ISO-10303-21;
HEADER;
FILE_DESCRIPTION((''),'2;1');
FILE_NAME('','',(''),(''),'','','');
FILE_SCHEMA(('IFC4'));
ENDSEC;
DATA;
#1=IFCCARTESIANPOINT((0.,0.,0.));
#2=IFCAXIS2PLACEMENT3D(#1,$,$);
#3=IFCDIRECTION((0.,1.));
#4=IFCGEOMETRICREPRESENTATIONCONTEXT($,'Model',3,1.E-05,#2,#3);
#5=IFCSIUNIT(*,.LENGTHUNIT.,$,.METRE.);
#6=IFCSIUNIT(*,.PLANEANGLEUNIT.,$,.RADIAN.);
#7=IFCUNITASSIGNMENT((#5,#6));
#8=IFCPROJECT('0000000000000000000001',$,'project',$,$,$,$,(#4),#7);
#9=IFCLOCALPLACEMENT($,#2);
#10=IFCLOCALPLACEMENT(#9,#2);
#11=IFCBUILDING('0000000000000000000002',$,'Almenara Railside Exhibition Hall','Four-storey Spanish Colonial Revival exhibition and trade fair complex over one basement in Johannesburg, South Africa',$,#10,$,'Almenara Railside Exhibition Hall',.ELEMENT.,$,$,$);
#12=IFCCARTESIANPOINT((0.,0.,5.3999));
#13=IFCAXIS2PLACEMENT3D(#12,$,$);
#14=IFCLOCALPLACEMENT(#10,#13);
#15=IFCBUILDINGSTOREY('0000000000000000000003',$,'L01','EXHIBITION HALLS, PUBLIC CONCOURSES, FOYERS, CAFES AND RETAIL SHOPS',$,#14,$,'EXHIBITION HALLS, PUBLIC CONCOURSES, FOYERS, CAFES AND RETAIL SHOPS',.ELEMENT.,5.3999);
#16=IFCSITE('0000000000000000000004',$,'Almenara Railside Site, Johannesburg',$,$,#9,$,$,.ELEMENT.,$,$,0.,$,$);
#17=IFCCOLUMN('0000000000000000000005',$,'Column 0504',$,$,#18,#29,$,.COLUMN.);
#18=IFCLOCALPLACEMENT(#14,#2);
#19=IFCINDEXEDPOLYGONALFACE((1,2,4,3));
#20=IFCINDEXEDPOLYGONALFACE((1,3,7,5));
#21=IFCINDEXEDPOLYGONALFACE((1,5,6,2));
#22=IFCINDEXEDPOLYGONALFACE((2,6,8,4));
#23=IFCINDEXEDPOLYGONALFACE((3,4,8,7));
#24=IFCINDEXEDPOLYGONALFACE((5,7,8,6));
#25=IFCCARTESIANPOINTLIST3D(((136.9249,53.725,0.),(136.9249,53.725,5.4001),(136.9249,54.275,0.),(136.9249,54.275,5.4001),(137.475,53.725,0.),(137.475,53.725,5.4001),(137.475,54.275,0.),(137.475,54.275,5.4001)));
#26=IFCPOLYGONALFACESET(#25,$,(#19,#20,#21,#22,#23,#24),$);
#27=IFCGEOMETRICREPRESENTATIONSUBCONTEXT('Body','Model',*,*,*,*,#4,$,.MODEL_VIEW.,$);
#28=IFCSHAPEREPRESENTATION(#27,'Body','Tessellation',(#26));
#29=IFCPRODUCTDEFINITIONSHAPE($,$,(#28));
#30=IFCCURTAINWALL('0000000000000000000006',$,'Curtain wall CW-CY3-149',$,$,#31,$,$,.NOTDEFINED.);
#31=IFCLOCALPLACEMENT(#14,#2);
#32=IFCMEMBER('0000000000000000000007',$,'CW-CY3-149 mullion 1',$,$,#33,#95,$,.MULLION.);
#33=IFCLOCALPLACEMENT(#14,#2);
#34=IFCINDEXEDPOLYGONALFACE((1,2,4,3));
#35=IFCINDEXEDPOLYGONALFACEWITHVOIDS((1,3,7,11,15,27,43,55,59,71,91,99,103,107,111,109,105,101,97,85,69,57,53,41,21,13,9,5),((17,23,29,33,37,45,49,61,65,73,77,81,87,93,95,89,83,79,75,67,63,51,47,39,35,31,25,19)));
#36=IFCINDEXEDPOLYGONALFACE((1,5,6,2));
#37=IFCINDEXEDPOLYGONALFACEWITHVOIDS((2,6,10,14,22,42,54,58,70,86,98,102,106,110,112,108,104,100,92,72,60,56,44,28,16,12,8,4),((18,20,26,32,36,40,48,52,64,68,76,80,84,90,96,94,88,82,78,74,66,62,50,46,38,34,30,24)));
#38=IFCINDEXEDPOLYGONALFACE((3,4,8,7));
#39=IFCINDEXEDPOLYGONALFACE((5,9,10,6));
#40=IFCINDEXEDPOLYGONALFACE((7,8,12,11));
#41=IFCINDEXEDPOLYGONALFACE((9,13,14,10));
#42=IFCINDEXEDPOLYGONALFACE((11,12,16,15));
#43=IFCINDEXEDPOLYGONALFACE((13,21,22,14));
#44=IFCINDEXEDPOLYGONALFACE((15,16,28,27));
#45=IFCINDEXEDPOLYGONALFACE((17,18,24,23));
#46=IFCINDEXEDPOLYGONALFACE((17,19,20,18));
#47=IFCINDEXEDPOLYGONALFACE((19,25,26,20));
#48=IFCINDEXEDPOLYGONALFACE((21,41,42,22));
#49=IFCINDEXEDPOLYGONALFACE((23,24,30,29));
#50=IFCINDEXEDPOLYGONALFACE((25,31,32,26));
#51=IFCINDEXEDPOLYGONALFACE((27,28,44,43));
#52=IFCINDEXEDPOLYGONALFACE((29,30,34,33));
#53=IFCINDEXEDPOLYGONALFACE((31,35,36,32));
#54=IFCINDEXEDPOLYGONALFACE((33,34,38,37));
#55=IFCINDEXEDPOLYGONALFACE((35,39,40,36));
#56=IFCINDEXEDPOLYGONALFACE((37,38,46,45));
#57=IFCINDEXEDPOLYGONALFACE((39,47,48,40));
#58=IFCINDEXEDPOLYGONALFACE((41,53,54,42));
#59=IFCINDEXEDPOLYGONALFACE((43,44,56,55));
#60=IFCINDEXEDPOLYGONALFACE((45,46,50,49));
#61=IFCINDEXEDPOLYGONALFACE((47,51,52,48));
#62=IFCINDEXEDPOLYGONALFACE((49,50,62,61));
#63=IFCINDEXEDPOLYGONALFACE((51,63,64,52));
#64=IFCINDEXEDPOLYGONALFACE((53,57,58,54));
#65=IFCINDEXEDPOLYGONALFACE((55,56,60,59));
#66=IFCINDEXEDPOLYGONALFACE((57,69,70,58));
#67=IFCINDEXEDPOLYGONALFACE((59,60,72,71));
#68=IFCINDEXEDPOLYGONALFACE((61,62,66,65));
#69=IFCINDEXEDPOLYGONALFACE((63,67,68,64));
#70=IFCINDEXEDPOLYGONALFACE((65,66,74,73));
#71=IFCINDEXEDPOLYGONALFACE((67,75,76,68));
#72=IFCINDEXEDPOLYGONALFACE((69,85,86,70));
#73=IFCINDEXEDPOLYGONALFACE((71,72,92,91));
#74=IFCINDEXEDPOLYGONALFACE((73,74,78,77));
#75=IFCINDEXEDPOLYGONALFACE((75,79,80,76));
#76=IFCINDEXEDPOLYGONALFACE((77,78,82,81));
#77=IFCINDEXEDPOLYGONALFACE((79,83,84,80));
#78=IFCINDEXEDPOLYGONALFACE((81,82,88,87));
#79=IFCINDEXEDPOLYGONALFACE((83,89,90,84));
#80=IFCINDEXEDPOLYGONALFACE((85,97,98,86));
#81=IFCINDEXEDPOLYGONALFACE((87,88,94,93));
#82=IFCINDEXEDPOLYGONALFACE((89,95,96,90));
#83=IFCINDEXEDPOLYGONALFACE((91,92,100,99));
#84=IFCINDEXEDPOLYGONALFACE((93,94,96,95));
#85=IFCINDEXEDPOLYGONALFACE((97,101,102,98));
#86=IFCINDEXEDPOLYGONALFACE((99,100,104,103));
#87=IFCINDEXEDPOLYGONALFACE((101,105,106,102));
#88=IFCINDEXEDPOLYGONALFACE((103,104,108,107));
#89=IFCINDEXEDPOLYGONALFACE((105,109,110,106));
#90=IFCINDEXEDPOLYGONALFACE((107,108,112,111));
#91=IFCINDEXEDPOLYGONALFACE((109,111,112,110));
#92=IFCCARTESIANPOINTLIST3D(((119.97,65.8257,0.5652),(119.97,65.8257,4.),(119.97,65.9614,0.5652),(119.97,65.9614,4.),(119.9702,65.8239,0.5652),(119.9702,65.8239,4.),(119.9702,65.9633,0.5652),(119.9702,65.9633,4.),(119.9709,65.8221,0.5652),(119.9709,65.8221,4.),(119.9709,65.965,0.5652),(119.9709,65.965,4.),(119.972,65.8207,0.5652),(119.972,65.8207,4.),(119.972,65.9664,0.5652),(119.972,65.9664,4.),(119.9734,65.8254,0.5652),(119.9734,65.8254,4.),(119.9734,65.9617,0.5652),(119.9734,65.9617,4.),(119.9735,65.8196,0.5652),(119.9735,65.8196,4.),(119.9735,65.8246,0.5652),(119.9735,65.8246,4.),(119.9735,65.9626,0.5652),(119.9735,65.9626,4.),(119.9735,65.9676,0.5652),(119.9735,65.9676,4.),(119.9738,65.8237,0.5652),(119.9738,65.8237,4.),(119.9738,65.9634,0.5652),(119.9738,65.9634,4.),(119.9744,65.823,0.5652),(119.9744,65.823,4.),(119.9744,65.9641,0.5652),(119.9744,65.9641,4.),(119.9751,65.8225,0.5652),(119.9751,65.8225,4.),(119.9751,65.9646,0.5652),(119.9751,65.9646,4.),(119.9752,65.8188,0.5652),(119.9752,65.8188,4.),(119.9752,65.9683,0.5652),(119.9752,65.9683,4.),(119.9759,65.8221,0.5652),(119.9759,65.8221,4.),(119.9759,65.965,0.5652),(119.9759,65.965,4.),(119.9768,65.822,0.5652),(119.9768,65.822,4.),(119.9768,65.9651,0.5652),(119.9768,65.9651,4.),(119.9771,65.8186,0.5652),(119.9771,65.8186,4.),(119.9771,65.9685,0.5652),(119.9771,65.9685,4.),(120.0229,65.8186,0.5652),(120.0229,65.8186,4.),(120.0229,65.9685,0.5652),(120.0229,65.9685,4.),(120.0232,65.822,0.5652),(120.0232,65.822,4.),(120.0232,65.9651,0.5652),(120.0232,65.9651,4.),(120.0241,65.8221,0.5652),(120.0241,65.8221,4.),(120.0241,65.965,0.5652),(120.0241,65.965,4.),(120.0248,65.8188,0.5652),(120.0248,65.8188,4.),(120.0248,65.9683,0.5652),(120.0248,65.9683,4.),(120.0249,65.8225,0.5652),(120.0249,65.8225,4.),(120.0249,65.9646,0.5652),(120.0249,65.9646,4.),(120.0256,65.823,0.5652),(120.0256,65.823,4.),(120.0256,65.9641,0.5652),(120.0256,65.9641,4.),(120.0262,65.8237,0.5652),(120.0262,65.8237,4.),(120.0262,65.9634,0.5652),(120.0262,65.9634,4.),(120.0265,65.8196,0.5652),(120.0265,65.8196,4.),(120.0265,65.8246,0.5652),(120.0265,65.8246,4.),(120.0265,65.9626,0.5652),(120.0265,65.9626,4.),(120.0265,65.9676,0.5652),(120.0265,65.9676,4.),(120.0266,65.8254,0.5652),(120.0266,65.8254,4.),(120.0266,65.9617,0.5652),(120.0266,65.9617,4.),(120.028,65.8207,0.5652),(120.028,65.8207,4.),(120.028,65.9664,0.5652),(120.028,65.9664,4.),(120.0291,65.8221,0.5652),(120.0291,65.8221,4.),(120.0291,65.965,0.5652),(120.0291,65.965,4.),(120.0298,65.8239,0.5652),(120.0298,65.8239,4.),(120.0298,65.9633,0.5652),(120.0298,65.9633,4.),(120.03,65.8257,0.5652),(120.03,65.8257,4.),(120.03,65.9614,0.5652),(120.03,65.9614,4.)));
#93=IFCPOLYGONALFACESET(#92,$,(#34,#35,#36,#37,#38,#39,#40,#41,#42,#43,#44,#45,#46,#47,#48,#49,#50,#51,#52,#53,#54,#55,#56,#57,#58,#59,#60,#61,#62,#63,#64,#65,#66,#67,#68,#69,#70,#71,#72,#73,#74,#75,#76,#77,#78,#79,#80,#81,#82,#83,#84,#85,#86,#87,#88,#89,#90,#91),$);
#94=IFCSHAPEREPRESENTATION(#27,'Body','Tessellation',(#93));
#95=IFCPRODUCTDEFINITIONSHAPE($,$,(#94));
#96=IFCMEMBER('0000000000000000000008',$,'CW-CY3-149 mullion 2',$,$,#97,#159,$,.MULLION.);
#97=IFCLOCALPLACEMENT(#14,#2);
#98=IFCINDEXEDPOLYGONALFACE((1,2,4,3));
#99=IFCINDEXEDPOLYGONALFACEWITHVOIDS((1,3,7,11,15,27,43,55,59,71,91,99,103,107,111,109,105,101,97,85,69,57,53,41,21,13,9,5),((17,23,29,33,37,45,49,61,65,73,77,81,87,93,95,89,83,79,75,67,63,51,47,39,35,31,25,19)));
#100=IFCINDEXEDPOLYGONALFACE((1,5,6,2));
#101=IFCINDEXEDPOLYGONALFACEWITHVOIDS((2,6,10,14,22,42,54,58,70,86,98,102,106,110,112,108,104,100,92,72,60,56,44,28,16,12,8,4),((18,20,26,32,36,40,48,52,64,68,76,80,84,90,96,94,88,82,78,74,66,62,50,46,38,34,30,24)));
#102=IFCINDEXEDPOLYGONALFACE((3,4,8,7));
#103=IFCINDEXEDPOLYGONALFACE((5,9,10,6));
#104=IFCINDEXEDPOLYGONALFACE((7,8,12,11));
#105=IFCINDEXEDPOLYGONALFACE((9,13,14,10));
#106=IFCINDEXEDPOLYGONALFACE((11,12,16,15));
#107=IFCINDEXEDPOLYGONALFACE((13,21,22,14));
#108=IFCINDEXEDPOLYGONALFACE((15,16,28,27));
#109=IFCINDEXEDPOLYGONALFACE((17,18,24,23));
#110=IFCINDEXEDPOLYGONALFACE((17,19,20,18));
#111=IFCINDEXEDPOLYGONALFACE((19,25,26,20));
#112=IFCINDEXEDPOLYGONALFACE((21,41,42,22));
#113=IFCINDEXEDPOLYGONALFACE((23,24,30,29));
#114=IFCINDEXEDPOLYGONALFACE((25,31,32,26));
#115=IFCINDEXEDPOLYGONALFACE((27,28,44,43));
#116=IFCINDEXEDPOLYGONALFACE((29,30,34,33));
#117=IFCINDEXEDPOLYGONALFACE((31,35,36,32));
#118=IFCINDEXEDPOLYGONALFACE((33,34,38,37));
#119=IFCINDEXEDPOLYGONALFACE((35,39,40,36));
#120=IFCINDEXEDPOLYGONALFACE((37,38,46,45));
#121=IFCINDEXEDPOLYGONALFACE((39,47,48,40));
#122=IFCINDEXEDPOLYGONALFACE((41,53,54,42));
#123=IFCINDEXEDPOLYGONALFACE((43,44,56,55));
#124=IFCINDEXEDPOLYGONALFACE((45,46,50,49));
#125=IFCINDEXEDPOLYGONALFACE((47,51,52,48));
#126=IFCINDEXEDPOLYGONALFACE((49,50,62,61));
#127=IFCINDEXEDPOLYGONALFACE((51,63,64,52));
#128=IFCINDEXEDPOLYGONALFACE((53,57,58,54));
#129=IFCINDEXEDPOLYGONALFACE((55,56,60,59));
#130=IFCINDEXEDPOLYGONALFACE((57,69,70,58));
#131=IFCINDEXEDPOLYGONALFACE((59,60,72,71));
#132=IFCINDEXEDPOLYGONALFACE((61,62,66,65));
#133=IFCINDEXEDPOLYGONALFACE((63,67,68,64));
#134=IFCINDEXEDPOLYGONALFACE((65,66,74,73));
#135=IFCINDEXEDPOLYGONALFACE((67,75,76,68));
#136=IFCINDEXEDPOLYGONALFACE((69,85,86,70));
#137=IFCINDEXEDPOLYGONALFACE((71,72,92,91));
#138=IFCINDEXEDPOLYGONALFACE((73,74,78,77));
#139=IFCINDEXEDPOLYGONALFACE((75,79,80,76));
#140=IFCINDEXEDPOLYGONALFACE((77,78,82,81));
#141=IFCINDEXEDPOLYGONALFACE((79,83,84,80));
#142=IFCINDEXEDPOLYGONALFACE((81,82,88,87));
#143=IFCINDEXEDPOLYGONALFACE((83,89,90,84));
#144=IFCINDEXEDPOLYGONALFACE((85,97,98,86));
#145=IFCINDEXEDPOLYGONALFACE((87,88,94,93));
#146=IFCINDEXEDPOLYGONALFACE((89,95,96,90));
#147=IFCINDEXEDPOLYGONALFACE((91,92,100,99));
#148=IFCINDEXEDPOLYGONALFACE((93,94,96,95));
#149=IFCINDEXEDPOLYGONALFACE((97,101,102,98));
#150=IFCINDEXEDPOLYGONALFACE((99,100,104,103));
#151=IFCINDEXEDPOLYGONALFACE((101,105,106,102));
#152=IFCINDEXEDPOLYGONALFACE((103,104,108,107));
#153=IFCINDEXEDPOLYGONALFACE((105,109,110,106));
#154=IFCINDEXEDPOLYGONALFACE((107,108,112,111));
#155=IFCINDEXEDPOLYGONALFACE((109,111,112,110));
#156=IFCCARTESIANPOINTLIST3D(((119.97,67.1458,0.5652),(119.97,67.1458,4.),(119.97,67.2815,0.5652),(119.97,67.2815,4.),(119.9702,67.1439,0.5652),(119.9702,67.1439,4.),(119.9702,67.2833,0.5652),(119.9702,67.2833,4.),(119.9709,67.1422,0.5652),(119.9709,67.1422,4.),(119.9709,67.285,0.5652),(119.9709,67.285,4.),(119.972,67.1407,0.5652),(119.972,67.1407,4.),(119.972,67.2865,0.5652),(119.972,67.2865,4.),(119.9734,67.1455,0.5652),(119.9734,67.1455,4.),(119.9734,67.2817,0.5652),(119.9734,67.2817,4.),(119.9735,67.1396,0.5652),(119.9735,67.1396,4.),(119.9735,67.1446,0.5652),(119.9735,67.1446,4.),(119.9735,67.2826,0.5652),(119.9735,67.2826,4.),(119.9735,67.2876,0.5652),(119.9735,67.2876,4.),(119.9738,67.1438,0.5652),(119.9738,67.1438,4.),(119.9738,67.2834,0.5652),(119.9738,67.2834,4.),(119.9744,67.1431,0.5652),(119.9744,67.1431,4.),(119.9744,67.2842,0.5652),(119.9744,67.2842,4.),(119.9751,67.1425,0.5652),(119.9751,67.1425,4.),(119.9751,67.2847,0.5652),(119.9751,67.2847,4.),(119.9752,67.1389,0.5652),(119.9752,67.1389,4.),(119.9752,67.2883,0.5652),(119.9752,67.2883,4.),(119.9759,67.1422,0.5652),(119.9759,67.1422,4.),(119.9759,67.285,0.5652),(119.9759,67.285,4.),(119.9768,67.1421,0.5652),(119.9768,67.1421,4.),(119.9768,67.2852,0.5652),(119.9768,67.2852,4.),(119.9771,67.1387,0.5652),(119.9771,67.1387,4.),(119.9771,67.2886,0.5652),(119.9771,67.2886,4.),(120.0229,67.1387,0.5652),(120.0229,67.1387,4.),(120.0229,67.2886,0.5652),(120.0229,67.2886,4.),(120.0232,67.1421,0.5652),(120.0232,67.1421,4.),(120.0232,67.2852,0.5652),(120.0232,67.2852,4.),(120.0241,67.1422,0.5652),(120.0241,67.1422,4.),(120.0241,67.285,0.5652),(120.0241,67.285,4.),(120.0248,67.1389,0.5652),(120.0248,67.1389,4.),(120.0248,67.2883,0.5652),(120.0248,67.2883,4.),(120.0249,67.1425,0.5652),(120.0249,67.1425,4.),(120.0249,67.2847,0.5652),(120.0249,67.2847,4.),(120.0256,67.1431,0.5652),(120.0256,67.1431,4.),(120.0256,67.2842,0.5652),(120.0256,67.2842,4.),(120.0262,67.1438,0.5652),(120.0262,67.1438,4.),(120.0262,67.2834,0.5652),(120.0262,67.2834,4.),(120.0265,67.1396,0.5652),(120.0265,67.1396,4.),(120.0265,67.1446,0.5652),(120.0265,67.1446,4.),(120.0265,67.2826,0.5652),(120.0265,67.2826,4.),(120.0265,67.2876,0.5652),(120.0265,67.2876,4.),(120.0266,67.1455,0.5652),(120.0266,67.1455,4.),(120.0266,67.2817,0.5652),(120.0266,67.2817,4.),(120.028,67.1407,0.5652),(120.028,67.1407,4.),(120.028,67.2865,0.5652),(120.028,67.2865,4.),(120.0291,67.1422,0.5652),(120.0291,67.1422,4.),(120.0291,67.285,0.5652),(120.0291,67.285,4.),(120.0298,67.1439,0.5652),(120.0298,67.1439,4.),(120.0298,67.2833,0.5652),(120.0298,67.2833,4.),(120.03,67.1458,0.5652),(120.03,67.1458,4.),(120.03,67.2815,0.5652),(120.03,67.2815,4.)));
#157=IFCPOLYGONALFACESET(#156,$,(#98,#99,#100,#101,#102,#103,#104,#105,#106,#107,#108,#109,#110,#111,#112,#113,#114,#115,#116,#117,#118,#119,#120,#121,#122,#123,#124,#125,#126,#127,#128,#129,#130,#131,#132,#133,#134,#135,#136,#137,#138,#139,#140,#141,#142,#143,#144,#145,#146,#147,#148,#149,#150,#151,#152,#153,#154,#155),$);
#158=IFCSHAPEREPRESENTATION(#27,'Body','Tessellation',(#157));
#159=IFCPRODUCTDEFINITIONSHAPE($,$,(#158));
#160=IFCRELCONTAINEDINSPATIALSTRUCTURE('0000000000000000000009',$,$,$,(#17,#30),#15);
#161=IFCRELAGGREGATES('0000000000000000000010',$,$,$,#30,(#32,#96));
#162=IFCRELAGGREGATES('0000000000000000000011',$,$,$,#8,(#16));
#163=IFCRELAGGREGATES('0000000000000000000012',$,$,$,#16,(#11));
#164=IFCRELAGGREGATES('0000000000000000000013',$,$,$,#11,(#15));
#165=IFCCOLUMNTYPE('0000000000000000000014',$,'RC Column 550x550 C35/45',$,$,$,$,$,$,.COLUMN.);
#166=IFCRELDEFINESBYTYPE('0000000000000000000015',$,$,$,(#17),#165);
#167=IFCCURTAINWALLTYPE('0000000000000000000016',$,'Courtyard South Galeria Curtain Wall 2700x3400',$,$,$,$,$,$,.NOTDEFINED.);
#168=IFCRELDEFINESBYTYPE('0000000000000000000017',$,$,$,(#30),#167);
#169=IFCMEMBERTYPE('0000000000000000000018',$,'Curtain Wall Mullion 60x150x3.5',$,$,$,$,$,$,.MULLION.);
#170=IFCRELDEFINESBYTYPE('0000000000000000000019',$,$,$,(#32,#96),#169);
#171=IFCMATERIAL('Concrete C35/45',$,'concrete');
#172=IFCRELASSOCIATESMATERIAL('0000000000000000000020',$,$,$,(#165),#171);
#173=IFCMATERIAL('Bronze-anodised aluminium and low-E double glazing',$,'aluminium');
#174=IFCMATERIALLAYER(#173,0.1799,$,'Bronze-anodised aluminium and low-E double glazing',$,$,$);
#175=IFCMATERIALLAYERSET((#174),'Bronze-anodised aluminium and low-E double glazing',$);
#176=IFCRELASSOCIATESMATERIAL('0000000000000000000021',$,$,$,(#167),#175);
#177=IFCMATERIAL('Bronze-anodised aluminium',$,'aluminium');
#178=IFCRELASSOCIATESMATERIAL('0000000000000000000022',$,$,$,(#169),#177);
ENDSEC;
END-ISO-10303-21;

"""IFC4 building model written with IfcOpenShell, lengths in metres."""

from ifc_helpers import new_model, si_unit, direction, frame, origin, origin_2d, place, context, subcontext, project, spatial, rectangle, hollow_rectangle, extrude, material, layer, layer_set, material_profile, profile_set, type_object, element, aggregate, save


model = new_model("IFC4")

# Units and contexts
model_context = context("Model", 3, precision=1e-05, world=origin(), true_north=direction((0.0, 1.0)))
body_context = subcontext(model_context, "Body", "Model", "MODEL_VIEW")
ifc_project = project(units=[si_unit("LENGTHUNIT", "METRE"), si_unit("PLANEANGLEUNIT", "RADIAN")], contexts=[model_context])

# Site, building, storey
site_placement = place(None, origin())
site = spatial("IfcSite", under=ifc_project, at=site_placement, Name="Almenara Railside Site, Johannesburg", CompositionType="ELEMENT", RefElevation=0.0)
building_placement = place(site_placement, origin())
building = spatial("IfcBuilding", under=site, at=building_placement, Name="Almenara Railside Exhibition Hall", Description="Four-storey Spanish Colonial Revival exhibition and trade fair complex over one basement in Johannesburg, South Africa", LongName="Almenara Railside Exhibition Hall", CompositionType="ELEMENT")
storey_placement = place(building_placement, frame((0.0, 0.0, 5.3999)))
storey = spatial("IfcBuildingStorey", under=building, at=storey_placement, Name="L01", Description="EXHIBITION HALLS, PUBLIC CONCOURSES, FOYERS, CAFES AND RETAIL SHOPS", LongName="EXHIBITION HALLS, PUBLIC CONCOURSES, FOYERS, CAFES AND RETAIL SHOPS", CompositionType="ELEMENT", Elevation=5.3999)

# Column
ifc_material_1 = material(Name="Concrete C35/45", Category="concrete")
ifc_material_profile_1 = material_profile(ifc_material_1, rectangle(XDim=0.55, YDim=0.55, at=origin_2d()), Name="RC 550x550")
ifc_profile_set_1 = profile_set([ifc_material_profile_1], Name="Concrete C35/45")
column_type = type_object("IfcColumnType", Name="RC Column 550x550 C35/45", PredefinedType="COLUMN", material=ifc_profile_set_1)
column_placement = place(storey_placement, frame((137.2, 54.0, 0.0), z_axis=(0.0, 0.0, 1.0), x_axis=(1.0, 0.0, 0.0)))
element("IfcColumn", 1, at=column_placement, inside=storey, type_object=column_type, Name="Column 0504", PredefinedType="COLUMN", context=body_context, shape_type="SweptSolid", body=[
    extrude(rectangle(XDim=0.55, YDim=0.55, at=origin_2d()), origin(), (0.0, 0.0, 1.0), 5.4001),
])

# Curtain wall, members
ifc_material_2 = material(Name="Bronze-anodised aluminium and low-E double glazing", Category="aluminium")
ifc_layer_1 = layer(ifc_material_2, 0.1799, Name="Bronze-anodised aluminium and low-E double glazing")
ifc_layer_set_1 = layer_set([ifc_layer_1], Name="Bronze-anodised aluminium and low-E double glazing")
curtain_wall_type = type_object("IfcCurtainWallType", Name="Courtyard South Galeria Curtain Wall 2700x3400", PredefinedType="NOTDEFINED", material=ifc_layer_set_1)
curtain_wall_1_placement = place(storey_placement, origin())
curtain_wall_1 = element("IfcCurtainWall", 2, at=curtain_wall_1_placement, inside=storey, type_object=curtain_wall_type, Name="Curtain wall CW-CY3-149", PredefinedType="NOTDEFINED")
ifc_material_3 = material(Name="Bronze-anodised aluminium", Category="aluminium")
ifc_material_profile_2 = material_profile(ifc_material_3, hollow_rectangle(XDim=0.0601, YDim=0.1499, WallThickness=0.0034, InnerFilletRadius=0.0034, OuterFilletRadius=0.0071, at=origin_2d()), Name="ALU-MUL 60x150x3.5")
ifc_profile_set_2 = profile_set([ifc_material_profile_2], Name="Bronze-anodised aluminium")
member_type_1 = type_object("IfcMemberType", Name="Curtain Wall Mullion 60x150x3.5", PredefinedType="MULLION", material=ifc_profile_set_2)
member_1_placement = place(storey_placement, frame((120.0, 65.8936, 0.5652), z_axis=(0.0, 0.0, 1.0), x_axis=(-1.0, 0.0, 0.0)))
member_1 = element("IfcMember", 3, at=member_1_placement, type_object=member_type_1, Name="CW-CY3-149 mullion 1", PredefinedType="MULLION", context=body_context, shape_type="SweptSolid", body=[
    extrude(hollow_rectangle(XDim=0.0601, YDim=0.1499, WallThickness=0.0034, InnerFilletRadius=0.0034, OuterFilletRadius=0.0071, at=origin_2d()), origin(), (0.0, 0.0, 1.0), 3.4348),
])
member_2_placement = place(storey_placement, frame((120.0, 67.2136, 0.5652), z_axis=(0.0, 0.0, 1.0), x_axis=(-1.0, 0.0, 0.0)))
member_2 = element("IfcMember", 4, at=member_2_placement, type_object=member_type_1, Name="CW-CY3-149 mullion 2", PredefinedType="MULLION", context=body_context, shape_type="SweptSolid", body=[
    extrude(hollow_rectangle(XDim=0.0601, YDim=0.1499, WallThickness=0.0034, InnerFilletRadius=0.0034, OuterFilletRadius=0.0071, at=origin_2d()), origin(), (0.0, 0.0, 1.0), 3.4348),
])

aggregate(curtain_wall_1, [member_1, member_2])

save(model, "model.ifc")
